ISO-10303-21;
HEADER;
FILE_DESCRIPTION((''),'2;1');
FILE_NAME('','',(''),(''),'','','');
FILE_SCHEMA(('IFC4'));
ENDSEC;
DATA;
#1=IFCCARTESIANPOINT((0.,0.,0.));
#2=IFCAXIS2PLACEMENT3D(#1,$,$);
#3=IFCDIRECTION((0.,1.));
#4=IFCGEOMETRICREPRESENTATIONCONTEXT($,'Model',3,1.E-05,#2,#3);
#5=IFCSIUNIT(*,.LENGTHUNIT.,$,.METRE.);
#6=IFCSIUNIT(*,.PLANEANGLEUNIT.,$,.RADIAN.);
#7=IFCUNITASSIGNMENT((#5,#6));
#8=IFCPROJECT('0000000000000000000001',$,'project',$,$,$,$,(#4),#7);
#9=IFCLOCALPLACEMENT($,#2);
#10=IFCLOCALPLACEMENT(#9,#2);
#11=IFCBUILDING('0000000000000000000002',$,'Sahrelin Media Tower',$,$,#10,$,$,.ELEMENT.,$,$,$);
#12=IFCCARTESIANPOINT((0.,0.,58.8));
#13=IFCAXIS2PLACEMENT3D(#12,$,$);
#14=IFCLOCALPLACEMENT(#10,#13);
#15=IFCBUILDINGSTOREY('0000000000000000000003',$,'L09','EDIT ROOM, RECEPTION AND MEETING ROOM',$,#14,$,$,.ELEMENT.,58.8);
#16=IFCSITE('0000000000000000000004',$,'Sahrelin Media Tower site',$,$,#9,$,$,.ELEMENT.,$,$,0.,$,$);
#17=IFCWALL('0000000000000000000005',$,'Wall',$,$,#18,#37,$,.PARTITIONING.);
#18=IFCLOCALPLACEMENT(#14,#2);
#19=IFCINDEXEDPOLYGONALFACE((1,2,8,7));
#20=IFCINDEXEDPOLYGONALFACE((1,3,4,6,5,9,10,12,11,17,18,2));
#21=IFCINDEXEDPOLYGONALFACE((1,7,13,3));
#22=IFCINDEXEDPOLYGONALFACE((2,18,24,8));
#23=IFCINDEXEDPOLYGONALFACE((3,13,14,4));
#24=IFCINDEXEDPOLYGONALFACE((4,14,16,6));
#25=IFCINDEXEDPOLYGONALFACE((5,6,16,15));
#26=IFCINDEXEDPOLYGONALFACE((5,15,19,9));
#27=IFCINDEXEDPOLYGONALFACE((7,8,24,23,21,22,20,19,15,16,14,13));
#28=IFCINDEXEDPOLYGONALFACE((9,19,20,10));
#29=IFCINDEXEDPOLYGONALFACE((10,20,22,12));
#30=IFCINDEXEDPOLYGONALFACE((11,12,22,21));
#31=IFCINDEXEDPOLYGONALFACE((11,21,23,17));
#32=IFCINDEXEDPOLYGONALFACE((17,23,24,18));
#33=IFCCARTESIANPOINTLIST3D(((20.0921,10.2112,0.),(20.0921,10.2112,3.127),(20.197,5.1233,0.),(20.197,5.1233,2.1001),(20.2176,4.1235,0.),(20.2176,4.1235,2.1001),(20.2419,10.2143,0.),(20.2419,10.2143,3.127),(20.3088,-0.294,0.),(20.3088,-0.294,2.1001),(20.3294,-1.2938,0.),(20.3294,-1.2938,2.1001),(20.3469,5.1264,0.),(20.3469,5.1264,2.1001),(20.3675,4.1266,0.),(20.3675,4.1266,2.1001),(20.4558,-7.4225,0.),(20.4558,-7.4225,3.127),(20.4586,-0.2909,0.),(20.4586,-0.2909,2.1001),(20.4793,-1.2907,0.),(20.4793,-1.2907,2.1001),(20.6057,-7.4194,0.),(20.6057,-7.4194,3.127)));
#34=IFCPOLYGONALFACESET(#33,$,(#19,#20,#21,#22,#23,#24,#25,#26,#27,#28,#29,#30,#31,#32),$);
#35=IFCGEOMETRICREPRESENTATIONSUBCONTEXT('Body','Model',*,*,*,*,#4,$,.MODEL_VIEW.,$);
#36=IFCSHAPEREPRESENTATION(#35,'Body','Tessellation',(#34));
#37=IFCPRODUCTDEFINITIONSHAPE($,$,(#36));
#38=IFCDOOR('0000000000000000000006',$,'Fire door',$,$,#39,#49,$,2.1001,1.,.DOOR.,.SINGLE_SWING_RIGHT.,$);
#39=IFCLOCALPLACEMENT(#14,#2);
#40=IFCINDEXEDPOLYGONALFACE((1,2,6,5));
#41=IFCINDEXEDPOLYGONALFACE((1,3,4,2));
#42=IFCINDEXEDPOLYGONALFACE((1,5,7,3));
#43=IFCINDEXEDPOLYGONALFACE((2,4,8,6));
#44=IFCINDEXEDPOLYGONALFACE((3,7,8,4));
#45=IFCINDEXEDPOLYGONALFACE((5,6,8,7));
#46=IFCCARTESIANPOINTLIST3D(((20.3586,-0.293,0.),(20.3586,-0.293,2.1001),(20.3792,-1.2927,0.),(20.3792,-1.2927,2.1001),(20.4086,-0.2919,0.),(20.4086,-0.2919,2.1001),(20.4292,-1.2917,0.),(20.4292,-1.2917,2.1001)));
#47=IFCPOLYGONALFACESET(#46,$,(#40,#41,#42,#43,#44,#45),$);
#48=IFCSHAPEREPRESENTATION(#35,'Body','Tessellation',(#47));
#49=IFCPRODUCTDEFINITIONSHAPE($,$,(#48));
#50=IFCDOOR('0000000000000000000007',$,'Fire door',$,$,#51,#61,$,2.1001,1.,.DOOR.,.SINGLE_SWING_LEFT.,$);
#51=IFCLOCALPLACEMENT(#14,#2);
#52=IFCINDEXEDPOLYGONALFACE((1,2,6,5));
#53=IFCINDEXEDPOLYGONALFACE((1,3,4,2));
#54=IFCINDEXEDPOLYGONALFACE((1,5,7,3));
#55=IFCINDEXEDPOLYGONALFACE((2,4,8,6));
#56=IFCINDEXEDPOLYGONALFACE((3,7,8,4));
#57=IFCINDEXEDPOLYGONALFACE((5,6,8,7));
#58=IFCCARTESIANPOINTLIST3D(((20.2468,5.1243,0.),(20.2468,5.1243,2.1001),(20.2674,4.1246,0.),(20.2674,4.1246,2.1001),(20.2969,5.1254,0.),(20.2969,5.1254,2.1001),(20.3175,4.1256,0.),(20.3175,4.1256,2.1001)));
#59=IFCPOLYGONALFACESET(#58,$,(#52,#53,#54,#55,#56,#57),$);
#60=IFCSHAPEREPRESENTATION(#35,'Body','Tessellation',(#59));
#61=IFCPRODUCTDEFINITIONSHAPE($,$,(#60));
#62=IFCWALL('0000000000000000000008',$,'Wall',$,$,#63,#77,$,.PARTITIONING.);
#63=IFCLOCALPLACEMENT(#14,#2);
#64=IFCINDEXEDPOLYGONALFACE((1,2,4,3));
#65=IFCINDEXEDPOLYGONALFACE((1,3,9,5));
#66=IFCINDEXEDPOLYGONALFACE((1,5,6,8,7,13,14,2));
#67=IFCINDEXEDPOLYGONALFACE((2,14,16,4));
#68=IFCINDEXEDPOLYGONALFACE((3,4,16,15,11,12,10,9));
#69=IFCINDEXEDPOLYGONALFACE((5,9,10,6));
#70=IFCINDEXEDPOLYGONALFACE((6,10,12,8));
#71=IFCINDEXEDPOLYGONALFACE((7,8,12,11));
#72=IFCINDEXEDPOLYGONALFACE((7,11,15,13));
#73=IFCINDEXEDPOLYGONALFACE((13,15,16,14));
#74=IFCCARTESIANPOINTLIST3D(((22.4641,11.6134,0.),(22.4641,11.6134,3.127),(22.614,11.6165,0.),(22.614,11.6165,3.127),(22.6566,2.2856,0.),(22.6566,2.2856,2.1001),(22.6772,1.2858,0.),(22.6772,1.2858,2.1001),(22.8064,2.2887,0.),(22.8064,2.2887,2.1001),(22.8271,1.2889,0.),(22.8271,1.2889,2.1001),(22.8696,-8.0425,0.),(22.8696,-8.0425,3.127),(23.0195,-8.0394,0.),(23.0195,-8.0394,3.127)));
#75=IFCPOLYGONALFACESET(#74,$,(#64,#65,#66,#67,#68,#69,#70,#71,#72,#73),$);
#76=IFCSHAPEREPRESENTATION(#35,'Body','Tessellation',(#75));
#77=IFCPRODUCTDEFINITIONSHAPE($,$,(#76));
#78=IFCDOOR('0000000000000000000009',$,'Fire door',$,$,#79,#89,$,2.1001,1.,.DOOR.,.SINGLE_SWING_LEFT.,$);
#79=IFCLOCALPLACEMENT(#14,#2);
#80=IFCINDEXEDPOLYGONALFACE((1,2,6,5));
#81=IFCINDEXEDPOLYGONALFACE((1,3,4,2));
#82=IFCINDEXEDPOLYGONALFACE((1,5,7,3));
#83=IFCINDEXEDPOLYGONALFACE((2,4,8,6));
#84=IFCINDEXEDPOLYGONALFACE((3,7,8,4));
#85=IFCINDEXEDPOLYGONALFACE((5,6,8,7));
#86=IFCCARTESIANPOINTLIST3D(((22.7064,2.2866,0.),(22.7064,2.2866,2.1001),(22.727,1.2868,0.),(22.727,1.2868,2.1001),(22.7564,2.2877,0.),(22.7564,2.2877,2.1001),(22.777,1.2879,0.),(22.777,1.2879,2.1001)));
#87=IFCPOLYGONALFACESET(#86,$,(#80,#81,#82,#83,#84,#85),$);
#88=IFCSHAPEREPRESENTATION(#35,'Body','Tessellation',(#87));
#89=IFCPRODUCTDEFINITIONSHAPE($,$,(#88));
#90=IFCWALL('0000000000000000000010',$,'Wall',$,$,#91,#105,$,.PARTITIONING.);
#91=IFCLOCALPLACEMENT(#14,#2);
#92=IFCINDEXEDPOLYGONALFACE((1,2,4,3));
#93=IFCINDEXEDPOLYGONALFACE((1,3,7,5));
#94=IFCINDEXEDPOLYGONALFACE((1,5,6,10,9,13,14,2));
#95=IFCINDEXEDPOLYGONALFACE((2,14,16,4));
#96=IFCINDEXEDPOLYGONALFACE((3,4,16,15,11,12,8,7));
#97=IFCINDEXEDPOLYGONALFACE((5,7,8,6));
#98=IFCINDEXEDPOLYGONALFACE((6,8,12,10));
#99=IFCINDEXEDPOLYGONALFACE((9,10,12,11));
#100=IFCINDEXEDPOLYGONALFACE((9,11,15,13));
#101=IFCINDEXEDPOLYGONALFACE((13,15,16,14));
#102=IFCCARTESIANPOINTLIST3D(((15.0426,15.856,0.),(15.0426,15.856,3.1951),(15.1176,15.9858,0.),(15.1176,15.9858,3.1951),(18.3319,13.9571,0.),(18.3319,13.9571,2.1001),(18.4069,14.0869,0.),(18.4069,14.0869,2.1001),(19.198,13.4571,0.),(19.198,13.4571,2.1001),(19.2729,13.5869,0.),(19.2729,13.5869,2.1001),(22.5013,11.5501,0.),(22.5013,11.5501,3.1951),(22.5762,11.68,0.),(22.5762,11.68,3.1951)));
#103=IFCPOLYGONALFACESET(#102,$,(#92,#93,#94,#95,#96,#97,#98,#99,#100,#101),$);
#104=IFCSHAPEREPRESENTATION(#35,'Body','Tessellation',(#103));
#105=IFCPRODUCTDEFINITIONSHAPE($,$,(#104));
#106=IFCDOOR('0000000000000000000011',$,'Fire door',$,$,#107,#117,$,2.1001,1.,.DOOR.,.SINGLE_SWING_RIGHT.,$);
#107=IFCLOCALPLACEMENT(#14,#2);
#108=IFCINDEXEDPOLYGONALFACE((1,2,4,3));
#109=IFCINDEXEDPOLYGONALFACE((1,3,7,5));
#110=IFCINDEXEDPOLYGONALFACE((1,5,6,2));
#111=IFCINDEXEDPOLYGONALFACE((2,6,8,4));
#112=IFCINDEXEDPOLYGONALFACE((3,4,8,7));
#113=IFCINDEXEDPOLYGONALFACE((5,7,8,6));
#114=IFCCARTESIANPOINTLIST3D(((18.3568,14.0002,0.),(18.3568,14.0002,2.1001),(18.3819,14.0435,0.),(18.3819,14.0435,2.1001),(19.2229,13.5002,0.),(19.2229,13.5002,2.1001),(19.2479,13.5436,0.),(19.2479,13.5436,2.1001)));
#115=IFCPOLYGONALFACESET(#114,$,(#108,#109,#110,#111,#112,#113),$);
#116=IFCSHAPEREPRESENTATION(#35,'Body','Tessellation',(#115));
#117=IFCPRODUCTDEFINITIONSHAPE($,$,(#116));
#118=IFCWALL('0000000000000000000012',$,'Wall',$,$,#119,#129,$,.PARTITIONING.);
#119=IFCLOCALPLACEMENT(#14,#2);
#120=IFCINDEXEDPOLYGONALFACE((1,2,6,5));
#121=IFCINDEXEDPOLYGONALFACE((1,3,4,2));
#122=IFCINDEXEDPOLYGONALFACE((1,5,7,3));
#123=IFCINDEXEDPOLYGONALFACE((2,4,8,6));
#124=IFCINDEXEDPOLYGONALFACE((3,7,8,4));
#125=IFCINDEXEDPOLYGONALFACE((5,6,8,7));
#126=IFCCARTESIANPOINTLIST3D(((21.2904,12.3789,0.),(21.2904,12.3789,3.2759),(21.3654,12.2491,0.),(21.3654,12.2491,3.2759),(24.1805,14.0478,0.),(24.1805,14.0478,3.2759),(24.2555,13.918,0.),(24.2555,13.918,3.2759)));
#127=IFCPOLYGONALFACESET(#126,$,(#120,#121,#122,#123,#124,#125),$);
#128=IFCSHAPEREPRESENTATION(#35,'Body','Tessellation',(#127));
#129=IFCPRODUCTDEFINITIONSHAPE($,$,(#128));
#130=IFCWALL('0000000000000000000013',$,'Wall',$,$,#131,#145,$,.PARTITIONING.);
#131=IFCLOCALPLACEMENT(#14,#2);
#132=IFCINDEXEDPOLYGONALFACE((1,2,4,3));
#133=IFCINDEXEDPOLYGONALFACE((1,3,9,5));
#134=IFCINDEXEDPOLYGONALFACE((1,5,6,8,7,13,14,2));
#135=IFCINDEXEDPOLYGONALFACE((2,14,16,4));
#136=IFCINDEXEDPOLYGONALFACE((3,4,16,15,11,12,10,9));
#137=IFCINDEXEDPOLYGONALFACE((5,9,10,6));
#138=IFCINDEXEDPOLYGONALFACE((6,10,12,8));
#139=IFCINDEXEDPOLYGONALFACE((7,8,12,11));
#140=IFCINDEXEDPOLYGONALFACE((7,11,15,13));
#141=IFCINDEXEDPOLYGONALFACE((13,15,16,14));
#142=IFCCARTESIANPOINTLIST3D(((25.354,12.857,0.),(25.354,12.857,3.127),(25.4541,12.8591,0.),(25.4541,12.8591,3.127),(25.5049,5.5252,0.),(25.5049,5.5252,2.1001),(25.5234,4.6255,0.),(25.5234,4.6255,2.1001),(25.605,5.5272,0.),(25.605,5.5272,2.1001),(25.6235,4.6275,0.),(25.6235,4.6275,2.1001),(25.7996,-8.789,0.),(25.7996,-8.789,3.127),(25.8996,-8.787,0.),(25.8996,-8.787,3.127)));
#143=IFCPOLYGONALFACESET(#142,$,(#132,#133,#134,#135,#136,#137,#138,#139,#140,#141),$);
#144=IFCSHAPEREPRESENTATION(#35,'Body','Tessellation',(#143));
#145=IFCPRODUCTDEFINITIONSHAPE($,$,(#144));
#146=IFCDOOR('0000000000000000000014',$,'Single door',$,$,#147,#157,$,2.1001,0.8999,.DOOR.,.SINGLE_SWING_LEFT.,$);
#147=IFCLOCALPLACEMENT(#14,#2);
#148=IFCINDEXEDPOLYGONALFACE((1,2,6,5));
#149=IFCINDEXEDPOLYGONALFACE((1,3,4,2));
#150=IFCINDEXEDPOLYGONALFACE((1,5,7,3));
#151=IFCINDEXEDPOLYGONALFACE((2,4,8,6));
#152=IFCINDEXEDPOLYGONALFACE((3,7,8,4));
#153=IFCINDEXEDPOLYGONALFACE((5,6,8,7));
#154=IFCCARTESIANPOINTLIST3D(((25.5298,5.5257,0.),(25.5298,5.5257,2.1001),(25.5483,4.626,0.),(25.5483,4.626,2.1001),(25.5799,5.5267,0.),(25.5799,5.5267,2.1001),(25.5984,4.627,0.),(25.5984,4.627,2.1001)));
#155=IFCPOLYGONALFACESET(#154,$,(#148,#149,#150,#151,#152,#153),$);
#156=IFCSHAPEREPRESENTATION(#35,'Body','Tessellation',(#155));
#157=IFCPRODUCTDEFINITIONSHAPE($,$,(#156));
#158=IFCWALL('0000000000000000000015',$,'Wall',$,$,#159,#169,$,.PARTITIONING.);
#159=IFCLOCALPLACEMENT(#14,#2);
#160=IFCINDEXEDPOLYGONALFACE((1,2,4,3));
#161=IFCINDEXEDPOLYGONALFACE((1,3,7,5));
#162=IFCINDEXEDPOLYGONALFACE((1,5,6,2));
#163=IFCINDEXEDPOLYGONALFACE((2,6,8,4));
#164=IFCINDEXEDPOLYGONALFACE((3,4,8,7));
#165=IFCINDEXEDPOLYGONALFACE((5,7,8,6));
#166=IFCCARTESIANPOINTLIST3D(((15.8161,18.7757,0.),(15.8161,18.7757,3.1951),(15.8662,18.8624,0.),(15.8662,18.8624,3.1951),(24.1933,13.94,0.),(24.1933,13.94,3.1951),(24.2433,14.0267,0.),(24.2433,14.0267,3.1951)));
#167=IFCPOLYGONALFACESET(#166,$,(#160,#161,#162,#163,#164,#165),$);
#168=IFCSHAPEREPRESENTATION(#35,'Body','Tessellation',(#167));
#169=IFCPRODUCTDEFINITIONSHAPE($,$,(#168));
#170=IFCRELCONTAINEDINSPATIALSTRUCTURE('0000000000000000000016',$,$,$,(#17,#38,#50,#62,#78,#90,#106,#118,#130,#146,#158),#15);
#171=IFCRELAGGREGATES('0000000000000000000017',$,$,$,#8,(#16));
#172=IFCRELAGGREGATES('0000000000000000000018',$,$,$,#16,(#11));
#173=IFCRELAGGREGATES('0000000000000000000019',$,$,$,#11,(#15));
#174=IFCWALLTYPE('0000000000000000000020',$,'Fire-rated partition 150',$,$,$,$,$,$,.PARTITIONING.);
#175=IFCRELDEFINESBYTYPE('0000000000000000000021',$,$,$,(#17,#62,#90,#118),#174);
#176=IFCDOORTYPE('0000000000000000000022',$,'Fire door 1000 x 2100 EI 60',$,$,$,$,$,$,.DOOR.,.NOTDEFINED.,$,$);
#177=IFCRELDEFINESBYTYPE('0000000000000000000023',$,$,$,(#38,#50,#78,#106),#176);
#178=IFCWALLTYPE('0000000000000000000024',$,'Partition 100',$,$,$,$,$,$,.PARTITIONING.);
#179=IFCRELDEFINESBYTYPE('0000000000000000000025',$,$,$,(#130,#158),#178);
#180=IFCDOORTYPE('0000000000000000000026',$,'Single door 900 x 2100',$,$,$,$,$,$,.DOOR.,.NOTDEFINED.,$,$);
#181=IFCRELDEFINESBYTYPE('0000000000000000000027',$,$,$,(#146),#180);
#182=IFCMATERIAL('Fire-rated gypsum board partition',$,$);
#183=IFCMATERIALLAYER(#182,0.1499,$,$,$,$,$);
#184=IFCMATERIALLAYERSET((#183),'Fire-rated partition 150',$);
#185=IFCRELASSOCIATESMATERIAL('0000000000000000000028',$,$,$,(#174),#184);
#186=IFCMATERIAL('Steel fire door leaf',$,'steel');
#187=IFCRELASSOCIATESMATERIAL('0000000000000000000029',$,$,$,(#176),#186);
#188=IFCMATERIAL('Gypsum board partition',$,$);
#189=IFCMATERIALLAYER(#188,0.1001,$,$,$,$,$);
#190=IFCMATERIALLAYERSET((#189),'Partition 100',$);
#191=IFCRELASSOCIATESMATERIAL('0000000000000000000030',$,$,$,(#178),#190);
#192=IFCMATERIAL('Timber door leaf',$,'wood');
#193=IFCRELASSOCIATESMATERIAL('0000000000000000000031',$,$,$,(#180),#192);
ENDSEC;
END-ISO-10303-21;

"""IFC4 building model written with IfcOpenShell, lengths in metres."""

from ifc_helpers import new_model, si_unit, direction, frame, frame_2d, origin, place, context, subcontext, project, spatial, rectangle, extrude, material, layer, layer_set, type_object, element, fill, save


model = new_model("IFC4")

# Units and contexts
model_context = context("Model", 3, precision=1e-05, world=origin(), true_north=direction((0.0, 1.0)))
body_context = subcontext(model_context, "Body", "Model", "MODEL_VIEW")
ifc_project = project(units=[si_unit("LENGTHUNIT", "METRE"), si_unit("PLANEANGLEUNIT", "RADIAN")], contexts=[model_context])

# Site, building, storey
site_placement = place(None, origin())
site = spatial("IfcSite", under=ifc_project, at=site_placement, Name="Sahrelin Media Tower site", CompositionType="ELEMENT", RefElevation=0.0)
building_placement = place(site_placement, origin())
building = spatial("IfcBuilding", under=site, at=building_placement, Name="Sahrelin Media Tower", CompositionType="ELEMENT")
storey_placement = place(building_placement, frame((0.0, 0.0, 58.8)))
storey = spatial("IfcBuildingStorey", under=building, at=storey_placement, Name="L09", Description="EDIT ROOM, RECEPTION AND MEETING ROOM", CompositionType="ELEMENT", Elevation=58.8)

# Wall, openings, doors
ifc_material_1 = material(Name="Fire-rated gypsum board partition")
ifc_layer_1 = layer(ifc_material_1, 0.1499)
ifc_layer_set_1 = layer_set([ifc_layer_1], Name="Fire-rated partition 150")
wall_type_1 = type_object("IfcWallType", Name="Fire-rated partition 150", PredefinedType="PARTITIONING", material=ifc_layer_set_1)
wall_1_placement = place(storey_placement, frame((20.167, 10.2129, 0.0), z_axis=(0.0, 0.0, 1.0), x_axis=(0.020625, -0.999787, 0.0)))
wall_1 = element("IfcWall", 1, at=wall_1_placement, inside=storey, type_object=wall_type_1, Name="Wall", PredefinedType="PARTITIONING", context=body_context, shape_type="SweptSolid", body=[
    extrude(rectangle(XDim=17.6375, YDim=0.1499, at=frame_2d((8.8188, 0.0))), origin(), (0.0, 0.0, 1.0), 3.127),
])
opening_1_placement = place(wall_1_placement, frame((10.5076, 0.0, 0.0)))
opening_1 = element("IfcOpeningElement", 2, at=opening_1_placement, cuts=wall_1, PredefinedType="OPENING", context=body_context, shape_type="SweptSolid", body=[
    extrude(rectangle(XDim=1.0, YDim=2.1001, at=frame_2d((0.5, 1.05))), frame((0.0, 0.075, 0.0), z_axis=(0.0, -1.0, 0.0), x_axis=(1.0, 0.0, 0.0)), (0.0, 0.0, 1.0), 0.1499),
])
opening_2_placement = place(wall_1_placement, frame((5.0891, 0.0, 0.0)))
opening_2 = element("IfcOpeningElement", 3, at=opening_2_placement, cuts=wall_1, PredefinedType="OPENING", context=body_context, shape_type="SweptSolid", body=[
    extrude(rectangle(XDim=1.0, YDim=2.1001, at=frame_2d((0.5, 1.05))), frame((0.0, 0.075, 0.0), z_axis=(0.0, -1.0, 0.0), x_axis=(1.0, 0.0, 0.0)), (0.0, 0.0, 1.0), 0.1499),
])
ifc_material_2 = material(Name="Steel fire door leaf", Category="steel")
door_type_1 = type_object("IfcDoorType", Name="Fire door 1000 x 2100 EI 60", OperationType="NOTDEFINED", PredefinedType="DOOR", material=ifc_material_2)
door_1_placement = place(opening_1_placement, origin())
door_1 = element("IfcDoor", 4, at=door_1_placement, inside=storey, type_object=door_type_1, Name="Fire door", OperationType="SINGLE_SWING_RIGHT", OverallHeight=2.1001, OverallWidth=1.0, PredefinedType="DOOR", context=body_context, shape_type="SweptSolid", body=[
    extrude(rectangle(XDim=1.0, YDim=2.1001, at=frame_2d((0.5, 1.05))), frame((0.0, 0.0249, 0.0), z_axis=(0.0, -1.0, 0.0), x_axis=(1.0, 0.0, 0.0)), (0.0, 0.0, 1.0), 0.05),
])
fill(opening_1, door_1)
door_2_placement = place(opening_2_placement, origin())
door_2 = element("IfcDoor", 5, at=door_2_placement, inside=storey, type_object=door_type_1, Name="Fire door", OperationType="SINGLE_SWING_LEFT", OverallHeight=2.1001, OverallWidth=1.0, PredefinedType="DOOR", context=body_context, shape_type="SweptSolid", body=[
    extrude(rectangle(XDim=1.0, YDim=2.1001, at=frame_2d((0.5, 1.05))), frame((0.0, 0.0249, 0.0), z_axis=(0.0, -1.0, 0.0), x_axis=(1.0, 0.0, 0.0)), (0.0, 0.0, 1.0), 0.05),
])
fill(opening_2, door_2)

# Walls, openings, doors
wall_2_placement = place(storey_placement, frame((22.5391, 11.615, 0.0), z_axis=(0.0, 0.0, 1.0), x_axis=(0.020626, -0.999787, 0.0)))
wall_2 = element("IfcWall", 6, at=wall_2_placement, inside=storey, type_object=wall_type_1, Name="Wall", PredefinedType="PARTITIONING", context=body_context, shape_type="SweptSolid", body=[
    extrude(rectangle(XDim=19.6602, YDim=0.1499, at=frame_2d((9.8301, 0.0))), origin(), (0.0, 0.0, 1.0), 3.127),
])
opening_3_placement = place(wall_2_placement, frame((9.3298, 0.0, 0.0)))
opening_3 = element("IfcOpeningElement", 7, at=opening_3_placement, cuts=wall_2, PredefinedType="OPENING", context=body_context, shape_type="SweptSolid", body=[
    extrude(rectangle(XDim=1.0, YDim=2.1001, at=frame_2d((0.5, 1.05))), frame((0.0, 0.075, 0.0), z_axis=(0.0, -1.0, 0.0), x_axis=(1.0, 0.0, 0.0)), (0.0, 0.0, 1.0), 0.1499),
])
door_3_placement = place(opening_3_placement, origin())
door_3 = element("IfcDoor", 8, at=door_3_placement, inside=storey, type_object=door_type_1, Name="Fire door", OperationType="SINGLE_SWING_LEFT", OverallHeight=2.1001, OverallWidth=1.0, PredefinedType="DOOR", context=body_context, shape_type="SweptSolid", body=[
    extrude(rectangle(XDim=1.0, YDim=2.1001, at=frame_2d((0.5, 1.05))), frame((0.0, 0.0249, 0.0), z_axis=(0.0, -1.0, 0.0), x_axis=(1.0, 0.0, 0.0)), (0.0, 0.0, 1.0), 0.05),
])
fill(opening_3, door_3)
wall_3_placement = place(storey_placement, frame((15.0801, 15.9209, 0.0), z_axis=(0.0, 0.0, 1.0), x_axis=(0.866045, -0.499965, 0.0)))
wall_3 = element("IfcWall", 9, at=wall_3_placement, inside=storey, type_object=wall_type_1, Name="Wall", PredefinedType="PARTITIONING", context=body_context, shape_type="SweptSolid", body=[
    extrude(rectangle(XDim=8.6123, YDim=0.1499, at=frame_2d((4.3062, 0.0))), origin(), (0.0, 0.0, 1.0), 3.1951),
])
opening_4_placement = place(wall_3_placement, frame((3.7981, 0.0, 0.0)))
opening_4 = element("IfcOpeningElement", 10, at=opening_4_placement, cuts=wall_3, PredefinedType="OPENING", context=body_context, shape_type="SweptSolid", body=[
    extrude(rectangle(XDim=1.0, YDim=2.1001, at=frame_2d((0.5, 1.05))), frame((0.0, 0.075, 0.0), z_axis=(0.0, -1.0, 0.0), x_axis=(1.0, 0.0, 0.0)), (0.0, 0.0, 1.0), 0.1499),
])
door_4_placement = place(opening_4_placement, origin())
door_4 = element("IfcDoor", 11, at=door_4_placement, inside=storey, type_object=door_type_1, Name="Fire door", OperationType="SINGLE_SWING_RIGHT", OverallHeight=2.1001, OverallWidth=1.0, PredefinedType="DOOR", context=body_context, shape_type="SweptSolid", body=[
    extrude(rectangle(XDim=1.0, YDim=2.1001, at=frame_2d((0.5, 1.05))), frame((0.0, 0.0249, 0.0), z_axis=(0.0, -1.0, 0.0), x_axis=(1.0, 0.0, 0.0)), (0.0, 0.0, 1.0), 0.05),
])
fill(opening_4, door_4)

# Wall
wall_4_placement = place(storey_placement, frame((21.3279, 12.314, 0.0), z_axis=(0.0, 0.0, 1.0), x_axis=(0.865983, 0.500073, 0.0)))
element("IfcWall", 12, at=wall_4_placement, inside=storey, type_object=wall_type_1, Name="Wall", PredefinedType="PARTITIONING", context=body_context, shape_type="SweptSolid", body=[
    extrude(rectangle(XDim=3.3374, YDim=0.1499, at=frame_2d((1.6687, 0.0))), origin(), (0.0, 0.0, 1.0), 3.2759),
])

# Wall, opening, door
ifc_material_3 = material(Name="Gypsum board partition")
ifc_layer_2 = layer(ifc_material_3, 0.1001)
ifc_layer_set_2 = layer_set([ifc_layer_2], Name="Partition 100")
wall_type_2 = type_object("IfcWallType", Name="Partition 100", PredefinedType="PARTITIONING", material=ifc_layer_set_2)
wall_5_placement = place(storey_placement, frame((25.4041, 12.8579, 0.0), z_axis=(0.0, 0.0, 1.0), x_axis=(0.020579, -0.999788, 0.0)))
wall_5 = element("IfcWall", 13, at=wall_5_placement, inside=storey, type_object=wall_type_2, Name="Wall", PredefinedType="PARTITIONING", context=body_context, shape_type="SweptSolid", body=[
    extrude(rectangle(XDim=21.6506, YDim=0.1001, at=frame_2d((10.8252, 0.0))), origin(), (0.0, 0.0, 1.0), 3.127),
])
opening_5_placement = place(wall_5_placement, frame((7.3333, 0.0, 0.0)))
opening_5 = element("IfcOpeningElement", 14, at=opening_5_placement, cuts=wall_5, PredefinedType="OPENING", context=body_context, shape_type="SweptSolid", body=[
    extrude(rectangle(XDim=0.8999, YDim=2.1001, at=frame_2d((0.45, 1.05))), frame((0.0, 0.05, 0.0), z_axis=(0.0, -1.0, 0.0), x_axis=(1.0, 0.0, 0.0)), (0.0, 0.0, 1.0), 0.1001),
])
ifc_material_4 = material(Name="Timber door leaf", Category="wood")
door_type_2 = type_object("IfcDoorType", Name="Single door 900 x 2100", OperationType="NOTDEFINED", PredefinedType="DOOR", material=ifc_material_4)
door_5_placement = place(opening_5_placement, origin())
door_5 = element("IfcDoor", 15, at=door_5_placement, inside=storey, type_object=door_type_2, Name="Single door", OperationType="SINGLE_SWING_LEFT", OverallHeight=2.1001, OverallWidth=0.8999, PredefinedType="DOOR", context=body_context, shape_type="SweptSolid", body=[
    extrude(rectangle(XDim=0.8999, YDim=2.1001, at=frame_2d((0.45, 1.05))), frame((0.0, 0.0249, 0.0), z_axis=(0.0, -1.0, 0.0), x_axis=(1.0, 0.0, 0.0)), (0.0, 0.0, 1.0), 0.05),
])
fill(opening_5, door_5)

# Wall
wall_6_placement = place(storey_placement, frame((15.8411, 18.8191, 0.0), z_axis=(0.0, 0.0, 1.0), x_axis=(0.866065, -0.499931, 0.0)))
element("IfcWall", 16, at=wall_6_placement, inside=storey, type_object=wall_type_2, Name="Wall", PredefinedType="PARTITIONING", context=body_context, shape_type="SweptSolid", body=[
    extrude(rectangle(XDim=9.6726, YDim=0.1001, at=frame_2d((4.8364, 0.0))), origin(), (0.0, 0.0, 1.0), 3.1951),
])

save(model, "model.ifc")
